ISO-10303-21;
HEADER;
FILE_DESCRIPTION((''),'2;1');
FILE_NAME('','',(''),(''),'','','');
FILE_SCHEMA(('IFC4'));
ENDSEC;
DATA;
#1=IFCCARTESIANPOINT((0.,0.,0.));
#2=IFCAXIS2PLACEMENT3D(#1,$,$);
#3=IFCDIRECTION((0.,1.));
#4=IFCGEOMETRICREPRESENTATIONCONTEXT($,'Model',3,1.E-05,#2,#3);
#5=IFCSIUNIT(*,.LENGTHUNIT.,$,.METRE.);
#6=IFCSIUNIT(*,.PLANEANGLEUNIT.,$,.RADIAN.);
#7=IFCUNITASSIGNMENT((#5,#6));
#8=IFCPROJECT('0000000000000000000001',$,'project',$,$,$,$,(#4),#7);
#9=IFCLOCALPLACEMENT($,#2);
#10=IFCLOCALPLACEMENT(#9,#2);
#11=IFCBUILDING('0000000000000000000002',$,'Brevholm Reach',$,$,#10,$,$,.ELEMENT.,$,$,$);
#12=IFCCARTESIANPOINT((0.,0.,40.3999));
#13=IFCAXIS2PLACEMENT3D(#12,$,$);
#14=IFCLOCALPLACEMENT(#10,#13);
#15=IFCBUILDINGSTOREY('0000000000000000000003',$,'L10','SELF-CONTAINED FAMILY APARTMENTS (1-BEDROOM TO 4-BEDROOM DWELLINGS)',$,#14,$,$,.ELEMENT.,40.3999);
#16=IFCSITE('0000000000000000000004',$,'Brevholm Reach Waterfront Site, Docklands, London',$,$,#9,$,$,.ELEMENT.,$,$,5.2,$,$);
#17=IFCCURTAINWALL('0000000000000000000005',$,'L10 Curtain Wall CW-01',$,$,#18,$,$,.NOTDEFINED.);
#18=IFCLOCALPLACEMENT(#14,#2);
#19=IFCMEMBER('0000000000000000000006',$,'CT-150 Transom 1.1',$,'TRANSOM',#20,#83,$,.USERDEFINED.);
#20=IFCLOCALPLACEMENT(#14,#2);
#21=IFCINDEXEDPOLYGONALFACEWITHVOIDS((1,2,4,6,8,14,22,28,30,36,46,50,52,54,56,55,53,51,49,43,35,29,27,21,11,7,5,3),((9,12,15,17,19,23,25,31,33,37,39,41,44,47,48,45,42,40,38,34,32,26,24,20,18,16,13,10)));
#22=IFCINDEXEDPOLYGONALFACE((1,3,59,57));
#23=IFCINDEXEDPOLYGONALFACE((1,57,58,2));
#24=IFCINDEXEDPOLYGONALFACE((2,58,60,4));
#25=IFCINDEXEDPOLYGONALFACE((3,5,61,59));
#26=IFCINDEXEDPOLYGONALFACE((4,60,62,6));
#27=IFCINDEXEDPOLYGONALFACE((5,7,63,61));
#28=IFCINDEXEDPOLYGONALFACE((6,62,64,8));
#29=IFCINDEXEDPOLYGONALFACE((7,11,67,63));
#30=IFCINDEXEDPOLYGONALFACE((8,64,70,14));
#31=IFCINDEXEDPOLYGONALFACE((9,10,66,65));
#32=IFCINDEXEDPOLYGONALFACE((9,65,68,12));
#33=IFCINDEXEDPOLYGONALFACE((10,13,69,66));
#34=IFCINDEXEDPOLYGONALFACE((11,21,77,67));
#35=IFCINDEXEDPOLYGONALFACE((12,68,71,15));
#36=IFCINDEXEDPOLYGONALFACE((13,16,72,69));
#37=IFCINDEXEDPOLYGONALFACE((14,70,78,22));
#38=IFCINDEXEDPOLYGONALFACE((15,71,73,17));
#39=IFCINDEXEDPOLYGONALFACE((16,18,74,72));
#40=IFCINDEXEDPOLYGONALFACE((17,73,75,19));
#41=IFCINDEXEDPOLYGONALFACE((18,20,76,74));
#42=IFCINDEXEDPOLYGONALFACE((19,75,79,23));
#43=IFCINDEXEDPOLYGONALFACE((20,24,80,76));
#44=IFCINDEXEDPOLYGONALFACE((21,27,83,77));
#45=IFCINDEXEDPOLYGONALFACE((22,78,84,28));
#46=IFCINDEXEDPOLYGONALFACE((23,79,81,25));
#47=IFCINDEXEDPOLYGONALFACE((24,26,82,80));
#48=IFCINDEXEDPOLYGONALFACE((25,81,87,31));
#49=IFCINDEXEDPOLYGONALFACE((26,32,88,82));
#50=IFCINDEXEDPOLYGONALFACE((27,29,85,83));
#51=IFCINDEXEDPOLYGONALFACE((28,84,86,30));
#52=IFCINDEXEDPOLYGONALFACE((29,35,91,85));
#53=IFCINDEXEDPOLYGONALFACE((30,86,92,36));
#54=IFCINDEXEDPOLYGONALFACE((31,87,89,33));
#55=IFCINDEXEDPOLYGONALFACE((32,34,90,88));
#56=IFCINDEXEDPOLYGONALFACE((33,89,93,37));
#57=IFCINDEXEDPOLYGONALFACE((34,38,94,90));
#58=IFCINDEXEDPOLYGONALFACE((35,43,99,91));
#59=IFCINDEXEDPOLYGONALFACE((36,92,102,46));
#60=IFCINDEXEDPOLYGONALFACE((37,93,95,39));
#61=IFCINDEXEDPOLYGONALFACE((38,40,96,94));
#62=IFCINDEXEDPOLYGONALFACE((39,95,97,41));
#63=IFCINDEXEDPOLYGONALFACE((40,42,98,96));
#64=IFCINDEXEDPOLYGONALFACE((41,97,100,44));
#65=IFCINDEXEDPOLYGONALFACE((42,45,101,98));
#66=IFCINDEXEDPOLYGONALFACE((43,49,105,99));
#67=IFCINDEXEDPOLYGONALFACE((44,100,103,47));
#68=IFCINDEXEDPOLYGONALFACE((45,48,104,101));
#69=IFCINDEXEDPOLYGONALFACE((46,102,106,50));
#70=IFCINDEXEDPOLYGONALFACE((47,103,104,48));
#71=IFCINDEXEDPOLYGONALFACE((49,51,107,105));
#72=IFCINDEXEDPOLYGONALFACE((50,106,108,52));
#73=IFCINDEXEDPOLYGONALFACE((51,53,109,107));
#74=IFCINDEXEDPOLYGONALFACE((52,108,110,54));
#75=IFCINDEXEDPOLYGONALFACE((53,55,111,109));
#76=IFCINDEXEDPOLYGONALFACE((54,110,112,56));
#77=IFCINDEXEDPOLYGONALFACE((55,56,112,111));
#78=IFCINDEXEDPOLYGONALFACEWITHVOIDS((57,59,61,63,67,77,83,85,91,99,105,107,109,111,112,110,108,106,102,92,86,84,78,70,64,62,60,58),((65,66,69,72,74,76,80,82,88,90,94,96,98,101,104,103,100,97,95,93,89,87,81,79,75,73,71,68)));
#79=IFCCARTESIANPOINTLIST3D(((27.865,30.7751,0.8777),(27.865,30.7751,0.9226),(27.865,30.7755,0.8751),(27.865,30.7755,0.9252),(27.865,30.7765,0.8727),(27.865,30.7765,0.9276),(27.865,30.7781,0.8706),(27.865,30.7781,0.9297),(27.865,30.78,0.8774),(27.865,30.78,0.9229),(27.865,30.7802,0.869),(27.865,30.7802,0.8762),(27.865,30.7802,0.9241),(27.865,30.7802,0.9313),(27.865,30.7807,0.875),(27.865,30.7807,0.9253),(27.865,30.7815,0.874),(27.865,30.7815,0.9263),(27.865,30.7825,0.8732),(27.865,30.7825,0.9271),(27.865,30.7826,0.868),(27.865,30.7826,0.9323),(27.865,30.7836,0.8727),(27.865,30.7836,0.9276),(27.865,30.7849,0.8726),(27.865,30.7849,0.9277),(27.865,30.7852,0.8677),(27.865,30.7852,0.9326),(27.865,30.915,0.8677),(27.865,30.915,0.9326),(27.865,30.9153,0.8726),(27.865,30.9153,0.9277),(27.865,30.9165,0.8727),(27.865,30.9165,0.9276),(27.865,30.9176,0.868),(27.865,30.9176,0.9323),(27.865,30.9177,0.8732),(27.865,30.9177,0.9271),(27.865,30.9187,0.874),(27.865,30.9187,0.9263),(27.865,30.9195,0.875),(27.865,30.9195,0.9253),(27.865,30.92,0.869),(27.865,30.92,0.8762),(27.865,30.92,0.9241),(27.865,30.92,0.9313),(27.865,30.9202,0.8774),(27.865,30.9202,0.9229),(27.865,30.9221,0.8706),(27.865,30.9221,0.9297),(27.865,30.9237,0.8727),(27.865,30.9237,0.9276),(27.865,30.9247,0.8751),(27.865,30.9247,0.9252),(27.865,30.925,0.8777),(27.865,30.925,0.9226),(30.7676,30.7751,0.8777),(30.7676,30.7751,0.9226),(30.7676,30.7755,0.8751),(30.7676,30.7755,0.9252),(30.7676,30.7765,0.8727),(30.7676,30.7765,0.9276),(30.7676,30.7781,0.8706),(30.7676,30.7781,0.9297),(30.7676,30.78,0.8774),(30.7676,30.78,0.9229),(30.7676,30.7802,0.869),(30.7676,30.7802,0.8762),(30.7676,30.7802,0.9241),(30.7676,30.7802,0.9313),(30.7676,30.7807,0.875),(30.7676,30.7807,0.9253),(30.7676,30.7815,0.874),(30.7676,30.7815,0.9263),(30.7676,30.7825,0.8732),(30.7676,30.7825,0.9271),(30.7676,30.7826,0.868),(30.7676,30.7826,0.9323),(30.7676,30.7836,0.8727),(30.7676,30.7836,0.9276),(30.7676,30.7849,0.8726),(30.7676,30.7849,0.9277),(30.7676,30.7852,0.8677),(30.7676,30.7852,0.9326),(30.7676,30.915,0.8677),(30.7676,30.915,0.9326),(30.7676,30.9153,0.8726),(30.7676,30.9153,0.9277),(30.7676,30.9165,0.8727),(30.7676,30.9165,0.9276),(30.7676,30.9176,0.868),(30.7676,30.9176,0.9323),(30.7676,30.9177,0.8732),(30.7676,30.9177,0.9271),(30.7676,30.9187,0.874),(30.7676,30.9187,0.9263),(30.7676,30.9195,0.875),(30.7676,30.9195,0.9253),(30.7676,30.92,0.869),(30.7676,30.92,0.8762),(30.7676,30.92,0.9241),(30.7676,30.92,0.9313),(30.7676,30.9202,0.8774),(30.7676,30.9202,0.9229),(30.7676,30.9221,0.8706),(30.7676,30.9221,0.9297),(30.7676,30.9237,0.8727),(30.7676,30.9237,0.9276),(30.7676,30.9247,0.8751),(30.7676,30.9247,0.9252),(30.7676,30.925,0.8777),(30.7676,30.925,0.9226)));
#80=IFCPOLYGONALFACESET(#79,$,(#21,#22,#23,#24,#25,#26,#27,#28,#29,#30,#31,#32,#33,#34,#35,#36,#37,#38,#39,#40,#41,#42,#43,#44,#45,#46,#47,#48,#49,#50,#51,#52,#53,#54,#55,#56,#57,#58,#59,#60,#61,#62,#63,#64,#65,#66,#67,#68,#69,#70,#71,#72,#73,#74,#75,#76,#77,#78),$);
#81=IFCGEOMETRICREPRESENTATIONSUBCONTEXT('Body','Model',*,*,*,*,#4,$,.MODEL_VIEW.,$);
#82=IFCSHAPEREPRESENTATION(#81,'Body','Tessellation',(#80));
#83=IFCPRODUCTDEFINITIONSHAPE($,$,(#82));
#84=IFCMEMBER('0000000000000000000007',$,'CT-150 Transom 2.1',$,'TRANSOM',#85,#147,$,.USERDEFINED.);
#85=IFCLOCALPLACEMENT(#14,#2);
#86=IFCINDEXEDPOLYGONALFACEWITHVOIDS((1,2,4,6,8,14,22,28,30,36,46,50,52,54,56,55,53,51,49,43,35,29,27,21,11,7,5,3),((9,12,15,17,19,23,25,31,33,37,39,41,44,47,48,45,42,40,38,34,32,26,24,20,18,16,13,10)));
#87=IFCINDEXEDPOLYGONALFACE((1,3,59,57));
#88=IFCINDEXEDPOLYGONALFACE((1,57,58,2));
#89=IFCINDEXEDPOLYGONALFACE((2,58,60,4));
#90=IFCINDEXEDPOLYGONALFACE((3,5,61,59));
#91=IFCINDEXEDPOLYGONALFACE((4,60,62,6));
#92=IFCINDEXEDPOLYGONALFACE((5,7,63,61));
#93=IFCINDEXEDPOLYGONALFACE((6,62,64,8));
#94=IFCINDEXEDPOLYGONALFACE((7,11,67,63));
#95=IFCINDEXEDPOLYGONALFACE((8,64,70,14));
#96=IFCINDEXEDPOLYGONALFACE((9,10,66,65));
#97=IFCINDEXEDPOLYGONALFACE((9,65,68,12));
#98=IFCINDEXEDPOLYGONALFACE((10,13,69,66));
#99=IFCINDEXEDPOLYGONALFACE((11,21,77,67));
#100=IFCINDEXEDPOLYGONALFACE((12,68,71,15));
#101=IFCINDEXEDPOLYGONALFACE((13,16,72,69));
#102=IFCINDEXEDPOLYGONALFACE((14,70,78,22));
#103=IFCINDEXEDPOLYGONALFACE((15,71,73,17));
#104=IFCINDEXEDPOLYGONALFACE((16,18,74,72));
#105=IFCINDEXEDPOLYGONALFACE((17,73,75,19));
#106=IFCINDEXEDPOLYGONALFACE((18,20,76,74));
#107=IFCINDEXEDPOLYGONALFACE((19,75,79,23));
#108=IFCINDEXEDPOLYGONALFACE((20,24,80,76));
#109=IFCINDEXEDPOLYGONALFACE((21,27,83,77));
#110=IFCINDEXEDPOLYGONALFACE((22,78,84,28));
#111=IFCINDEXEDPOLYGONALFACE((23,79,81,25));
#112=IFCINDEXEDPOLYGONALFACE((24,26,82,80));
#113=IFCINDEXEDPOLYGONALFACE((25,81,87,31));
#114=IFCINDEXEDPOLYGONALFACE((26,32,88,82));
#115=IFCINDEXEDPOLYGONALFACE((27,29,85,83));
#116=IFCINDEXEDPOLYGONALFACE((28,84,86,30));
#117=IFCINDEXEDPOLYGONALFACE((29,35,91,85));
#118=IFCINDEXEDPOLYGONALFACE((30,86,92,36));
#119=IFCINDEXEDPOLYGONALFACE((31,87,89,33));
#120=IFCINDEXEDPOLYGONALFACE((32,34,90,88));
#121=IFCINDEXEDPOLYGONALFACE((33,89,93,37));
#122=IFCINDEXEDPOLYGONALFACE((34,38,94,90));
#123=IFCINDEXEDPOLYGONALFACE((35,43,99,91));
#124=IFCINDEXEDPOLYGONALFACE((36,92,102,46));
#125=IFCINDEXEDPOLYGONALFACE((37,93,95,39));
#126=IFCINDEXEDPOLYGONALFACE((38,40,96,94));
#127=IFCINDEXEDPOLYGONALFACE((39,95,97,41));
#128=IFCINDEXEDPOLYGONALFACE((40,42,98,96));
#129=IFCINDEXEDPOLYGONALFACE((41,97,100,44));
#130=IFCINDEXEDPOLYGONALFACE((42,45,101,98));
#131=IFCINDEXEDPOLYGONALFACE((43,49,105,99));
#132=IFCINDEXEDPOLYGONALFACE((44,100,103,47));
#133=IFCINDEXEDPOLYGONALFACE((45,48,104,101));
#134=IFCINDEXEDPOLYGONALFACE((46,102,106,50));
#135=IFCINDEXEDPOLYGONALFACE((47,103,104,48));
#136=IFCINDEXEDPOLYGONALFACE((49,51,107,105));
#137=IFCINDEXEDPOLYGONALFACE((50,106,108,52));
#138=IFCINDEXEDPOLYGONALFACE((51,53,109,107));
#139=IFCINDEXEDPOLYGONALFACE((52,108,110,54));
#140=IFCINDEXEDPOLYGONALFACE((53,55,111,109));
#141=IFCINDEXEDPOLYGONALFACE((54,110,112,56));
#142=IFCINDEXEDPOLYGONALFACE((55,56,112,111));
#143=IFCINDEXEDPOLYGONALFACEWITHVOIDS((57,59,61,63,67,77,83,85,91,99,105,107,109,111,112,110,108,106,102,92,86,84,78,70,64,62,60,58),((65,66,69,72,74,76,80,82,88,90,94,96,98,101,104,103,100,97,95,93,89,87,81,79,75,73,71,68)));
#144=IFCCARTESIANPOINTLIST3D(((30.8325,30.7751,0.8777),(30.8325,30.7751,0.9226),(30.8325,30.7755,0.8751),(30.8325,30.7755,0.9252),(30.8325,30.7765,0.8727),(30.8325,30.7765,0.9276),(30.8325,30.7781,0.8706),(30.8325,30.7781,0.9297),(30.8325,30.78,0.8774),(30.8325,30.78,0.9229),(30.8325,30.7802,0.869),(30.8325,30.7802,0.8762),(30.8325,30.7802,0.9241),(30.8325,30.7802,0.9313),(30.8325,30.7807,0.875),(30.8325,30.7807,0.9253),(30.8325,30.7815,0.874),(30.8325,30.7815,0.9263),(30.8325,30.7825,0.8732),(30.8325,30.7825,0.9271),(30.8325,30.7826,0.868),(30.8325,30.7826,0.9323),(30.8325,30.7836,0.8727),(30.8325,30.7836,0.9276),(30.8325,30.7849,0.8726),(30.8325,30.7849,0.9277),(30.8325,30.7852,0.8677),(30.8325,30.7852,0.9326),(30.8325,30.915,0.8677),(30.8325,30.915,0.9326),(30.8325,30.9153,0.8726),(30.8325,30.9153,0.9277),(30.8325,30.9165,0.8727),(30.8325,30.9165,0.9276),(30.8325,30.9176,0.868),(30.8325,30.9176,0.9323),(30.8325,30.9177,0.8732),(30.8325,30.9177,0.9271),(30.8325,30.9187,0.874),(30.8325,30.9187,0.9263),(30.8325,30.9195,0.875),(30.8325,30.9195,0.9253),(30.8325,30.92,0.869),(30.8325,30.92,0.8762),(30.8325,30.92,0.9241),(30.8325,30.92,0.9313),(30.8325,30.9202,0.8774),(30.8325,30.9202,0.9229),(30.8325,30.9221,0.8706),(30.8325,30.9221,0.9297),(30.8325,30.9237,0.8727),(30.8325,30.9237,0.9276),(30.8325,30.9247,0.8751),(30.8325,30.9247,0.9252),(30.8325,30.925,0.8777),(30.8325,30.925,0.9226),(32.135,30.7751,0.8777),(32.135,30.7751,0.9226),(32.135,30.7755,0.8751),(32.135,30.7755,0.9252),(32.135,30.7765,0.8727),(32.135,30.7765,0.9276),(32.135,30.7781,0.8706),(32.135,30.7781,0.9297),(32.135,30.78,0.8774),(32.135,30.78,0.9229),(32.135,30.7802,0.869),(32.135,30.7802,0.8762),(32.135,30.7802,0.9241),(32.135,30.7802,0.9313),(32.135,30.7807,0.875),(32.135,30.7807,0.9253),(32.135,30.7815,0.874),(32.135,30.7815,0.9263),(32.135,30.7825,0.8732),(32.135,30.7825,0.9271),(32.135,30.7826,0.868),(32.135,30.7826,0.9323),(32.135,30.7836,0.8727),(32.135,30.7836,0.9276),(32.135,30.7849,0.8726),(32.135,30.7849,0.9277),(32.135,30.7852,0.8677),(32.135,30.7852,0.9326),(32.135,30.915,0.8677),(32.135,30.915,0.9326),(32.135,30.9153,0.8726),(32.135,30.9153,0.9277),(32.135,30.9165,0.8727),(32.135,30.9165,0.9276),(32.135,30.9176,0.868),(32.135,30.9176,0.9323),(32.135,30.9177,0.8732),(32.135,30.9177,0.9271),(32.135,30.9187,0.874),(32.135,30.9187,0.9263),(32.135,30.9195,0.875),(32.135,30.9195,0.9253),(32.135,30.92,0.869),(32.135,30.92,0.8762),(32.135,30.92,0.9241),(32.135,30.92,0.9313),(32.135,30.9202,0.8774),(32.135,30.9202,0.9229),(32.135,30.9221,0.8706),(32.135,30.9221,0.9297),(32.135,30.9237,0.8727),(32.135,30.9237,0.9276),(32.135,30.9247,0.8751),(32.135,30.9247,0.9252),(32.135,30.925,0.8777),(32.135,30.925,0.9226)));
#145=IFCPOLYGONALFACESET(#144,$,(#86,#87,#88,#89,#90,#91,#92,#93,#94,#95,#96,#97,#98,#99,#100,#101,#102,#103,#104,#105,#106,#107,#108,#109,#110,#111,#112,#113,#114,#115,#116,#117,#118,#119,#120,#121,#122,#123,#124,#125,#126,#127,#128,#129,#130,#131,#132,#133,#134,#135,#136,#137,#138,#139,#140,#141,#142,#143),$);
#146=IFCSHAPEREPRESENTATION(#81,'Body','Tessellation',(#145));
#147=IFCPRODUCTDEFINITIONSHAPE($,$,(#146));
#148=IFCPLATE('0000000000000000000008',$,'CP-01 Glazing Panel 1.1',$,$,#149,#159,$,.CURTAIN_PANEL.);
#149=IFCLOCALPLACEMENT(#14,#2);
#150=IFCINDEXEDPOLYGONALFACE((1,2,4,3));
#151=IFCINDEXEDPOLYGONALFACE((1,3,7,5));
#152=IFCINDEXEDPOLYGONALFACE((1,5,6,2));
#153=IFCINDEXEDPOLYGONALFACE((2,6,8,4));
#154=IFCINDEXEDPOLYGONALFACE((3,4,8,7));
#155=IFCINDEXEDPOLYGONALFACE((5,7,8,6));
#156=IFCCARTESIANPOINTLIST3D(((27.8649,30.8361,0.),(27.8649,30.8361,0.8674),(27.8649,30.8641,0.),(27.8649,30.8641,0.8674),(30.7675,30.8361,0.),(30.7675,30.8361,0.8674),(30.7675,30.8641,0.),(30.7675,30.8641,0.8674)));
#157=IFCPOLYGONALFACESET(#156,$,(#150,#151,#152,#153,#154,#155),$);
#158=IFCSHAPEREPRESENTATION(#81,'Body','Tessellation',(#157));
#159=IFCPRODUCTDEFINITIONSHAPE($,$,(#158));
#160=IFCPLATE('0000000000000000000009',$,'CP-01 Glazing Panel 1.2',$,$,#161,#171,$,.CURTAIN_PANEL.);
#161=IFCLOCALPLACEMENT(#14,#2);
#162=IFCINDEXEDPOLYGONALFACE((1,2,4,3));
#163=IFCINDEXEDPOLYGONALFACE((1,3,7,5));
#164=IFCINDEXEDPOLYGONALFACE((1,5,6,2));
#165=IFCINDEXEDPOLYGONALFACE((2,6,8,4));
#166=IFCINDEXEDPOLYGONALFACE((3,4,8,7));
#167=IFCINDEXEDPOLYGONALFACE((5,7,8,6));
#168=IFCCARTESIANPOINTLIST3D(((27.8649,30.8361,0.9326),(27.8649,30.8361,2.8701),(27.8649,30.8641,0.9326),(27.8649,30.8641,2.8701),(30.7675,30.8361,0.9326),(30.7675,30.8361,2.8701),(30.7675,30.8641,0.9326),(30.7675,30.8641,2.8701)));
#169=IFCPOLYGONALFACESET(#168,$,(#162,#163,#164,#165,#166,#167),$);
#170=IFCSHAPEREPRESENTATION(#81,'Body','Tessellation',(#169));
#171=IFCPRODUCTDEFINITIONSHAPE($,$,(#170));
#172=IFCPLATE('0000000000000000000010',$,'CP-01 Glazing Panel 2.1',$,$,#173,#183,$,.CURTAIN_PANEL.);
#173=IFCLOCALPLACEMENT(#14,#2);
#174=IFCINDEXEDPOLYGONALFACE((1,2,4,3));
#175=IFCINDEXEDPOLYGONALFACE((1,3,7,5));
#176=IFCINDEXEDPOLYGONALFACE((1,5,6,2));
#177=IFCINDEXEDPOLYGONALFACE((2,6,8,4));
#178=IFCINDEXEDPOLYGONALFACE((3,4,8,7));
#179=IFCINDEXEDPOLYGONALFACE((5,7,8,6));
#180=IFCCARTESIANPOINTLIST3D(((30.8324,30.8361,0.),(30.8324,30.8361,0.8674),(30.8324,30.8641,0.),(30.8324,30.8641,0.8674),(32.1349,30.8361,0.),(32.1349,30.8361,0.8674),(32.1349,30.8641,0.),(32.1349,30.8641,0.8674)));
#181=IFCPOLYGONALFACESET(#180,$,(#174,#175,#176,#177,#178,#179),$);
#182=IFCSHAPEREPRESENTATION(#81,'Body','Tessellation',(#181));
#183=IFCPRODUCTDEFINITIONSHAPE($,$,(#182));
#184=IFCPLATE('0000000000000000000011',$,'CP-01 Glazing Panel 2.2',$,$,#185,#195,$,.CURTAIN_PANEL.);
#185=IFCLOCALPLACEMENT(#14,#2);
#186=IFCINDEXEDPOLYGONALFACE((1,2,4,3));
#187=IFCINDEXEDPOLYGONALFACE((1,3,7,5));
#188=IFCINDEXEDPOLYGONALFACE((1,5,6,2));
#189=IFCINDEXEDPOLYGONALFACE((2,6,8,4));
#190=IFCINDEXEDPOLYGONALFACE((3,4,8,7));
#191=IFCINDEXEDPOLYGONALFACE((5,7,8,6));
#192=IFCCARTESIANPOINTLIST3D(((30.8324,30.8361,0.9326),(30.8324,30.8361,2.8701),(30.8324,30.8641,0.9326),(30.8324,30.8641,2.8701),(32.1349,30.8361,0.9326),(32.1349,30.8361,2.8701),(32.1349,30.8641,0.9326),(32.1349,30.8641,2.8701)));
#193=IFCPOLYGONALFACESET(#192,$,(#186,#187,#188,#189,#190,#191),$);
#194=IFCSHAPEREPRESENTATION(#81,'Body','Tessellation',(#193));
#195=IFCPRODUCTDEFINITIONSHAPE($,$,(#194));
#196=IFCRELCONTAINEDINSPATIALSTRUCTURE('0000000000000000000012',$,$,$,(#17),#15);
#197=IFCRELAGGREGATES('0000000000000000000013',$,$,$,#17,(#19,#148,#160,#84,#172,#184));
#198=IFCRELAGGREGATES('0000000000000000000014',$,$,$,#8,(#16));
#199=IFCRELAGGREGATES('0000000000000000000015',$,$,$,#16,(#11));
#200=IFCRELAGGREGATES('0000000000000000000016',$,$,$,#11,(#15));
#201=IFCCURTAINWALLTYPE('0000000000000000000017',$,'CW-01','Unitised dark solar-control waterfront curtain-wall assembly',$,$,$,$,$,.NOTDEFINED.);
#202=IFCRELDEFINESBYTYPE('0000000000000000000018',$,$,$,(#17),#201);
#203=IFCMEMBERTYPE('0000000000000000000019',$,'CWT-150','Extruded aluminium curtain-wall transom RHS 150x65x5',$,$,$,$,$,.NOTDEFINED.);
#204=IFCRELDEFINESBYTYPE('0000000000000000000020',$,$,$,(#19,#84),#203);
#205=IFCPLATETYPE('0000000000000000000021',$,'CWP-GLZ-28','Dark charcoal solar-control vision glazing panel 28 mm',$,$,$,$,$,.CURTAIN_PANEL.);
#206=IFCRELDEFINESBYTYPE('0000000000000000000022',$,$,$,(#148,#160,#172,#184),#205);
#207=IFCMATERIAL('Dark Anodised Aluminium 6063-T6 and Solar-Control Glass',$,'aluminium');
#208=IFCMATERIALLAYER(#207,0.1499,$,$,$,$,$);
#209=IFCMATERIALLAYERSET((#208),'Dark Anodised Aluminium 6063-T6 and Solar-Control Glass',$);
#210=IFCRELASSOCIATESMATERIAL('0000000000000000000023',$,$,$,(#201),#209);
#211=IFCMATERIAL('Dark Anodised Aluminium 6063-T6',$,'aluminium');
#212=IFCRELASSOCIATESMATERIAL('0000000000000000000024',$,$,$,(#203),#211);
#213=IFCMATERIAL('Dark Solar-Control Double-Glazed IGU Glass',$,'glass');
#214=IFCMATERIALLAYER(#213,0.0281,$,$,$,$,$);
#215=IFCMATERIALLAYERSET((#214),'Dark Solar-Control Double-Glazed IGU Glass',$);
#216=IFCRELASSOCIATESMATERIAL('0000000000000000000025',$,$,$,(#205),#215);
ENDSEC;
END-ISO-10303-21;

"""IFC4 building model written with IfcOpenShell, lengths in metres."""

from ifc_helpers import new_model, si_unit, direction, frame, origin, origin_2d, place, context, subcontext, project, spatial, rectangle, hollow_rectangle, extrude, material, layer, layer_set, material_profile, profile_set, type_object, element, aggregate, save


model = new_model("IFC4")

# Units and contexts
model_context = context("Model", 3, precision=1e-05, world=origin(), true_north=direction((0.0, 1.0)))
body_context = subcontext(model_context, "Body", "Model", "MODEL_VIEW")
ifc_project = project(units=[si_unit("LENGTHUNIT", "METRE"), si_unit("PLANEANGLEUNIT", "RADIAN")], contexts=[model_context])

# Site, building, storey
site_placement = place(None, origin())
site = spatial("IfcSite", under=ifc_project, at=site_placement, Name="Brevholm Reach Waterfront Site, Docklands, London", CompositionType="ELEMENT", RefElevation=5.2)
building_placement = place(site_placement, origin())
building = spatial("IfcBuilding", under=site, at=building_placement, Name="Brevholm Reach", CompositionType="ELEMENT")
storey_placement = place(building_placement, frame((0.0, 0.0, 40.3999)))
storey = spatial("IfcBuildingStorey", under=building, at=storey_placement, Name="L10", Description="SELF-CONTAINED FAMILY APARTMENTS (1-BEDROOM TO 4-BEDROOM DWELLINGS)", CompositionType="ELEMENT", Elevation=40.3999)

# Curtain wall
ifc_material_1 = material(Name="Dark Anodised Aluminium 6063-T6 and Solar-Control Glass", Category="aluminium")
ifc_layer_1 = layer(ifc_material_1, 0.1499)
ifc_layer_set_1 = layer_set([ifc_layer_1], Name="Dark Anodised Aluminium 6063-T6 and Solar-Control Glass")
curtain_wall_type_1 = type_object("IfcCurtainWallType", Name="CW-01", Description="Unitised dark solar-control waterfront curtain-wall assembly", PredefinedType="NOTDEFINED", material=ifc_layer_set_1)
curtain_wall_1_placement = place(storey_placement, origin())
curtain_wall_1 = element("IfcCurtainWall", 1, at=curtain_wall_1_placement, inside=storey, type_object=curtain_wall_type_1, Name="L10 Curtain Wall CW-01", PredefinedType="NOTDEFINED")

# Members
ifc_material_2 = material(Name="Dark Anodised Aluminium 6063-T6", Category="aluminium")
ifc_material_profile_1 = material_profile(ifc_material_2, hollow_rectangle(XDim=0.0649, YDim=0.1499, WallThickness=0.0049, InnerFilletRadius=0.0049, OuterFilletRadius=0.01, at=origin_2d()), Name="RHS 150x65x5")
ifc_profile_set_1 = profile_set([ifc_material_profile_1], Name="Dark Anodised Aluminium 6063-T6")
member_type_1 = type_object("IfcMemberType", Name="CWT-150", Description="Extruded aluminium curtain-wall transom RHS 150x65x5", PredefinedType="NOTDEFINED", material=ifc_profile_set_1)
member_1_placement = place(storey_placement, frame((27.865, 30.8501, 0.9001), z_axis=(1.0, 0.0, 0.0), x_axis=(0.0, 0.0, 1.0)))
member_1 = element("IfcMember", 2, at=member_1_placement, type_object=member_type_1, Name="CT-150 Transom 1.1", ObjectType="TRANSOM", PredefinedType="USERDEFINED", context=body_context, shape_type="SweptSolid", body=[
    extrude(hollow_rectangle(XDim=0.0649, YDim=0.1499, WallThickness=0.0049, InnerFilletRadius=0.0049, OuterFilletRadius=0.01, at=origin_2d()), origin(), (0.0, 0.0, 1.0), 2.9026),
])
member_2_placement = place(storey_placement, frame((30.8325, 30.8501, 0.9001), z_axis=(1.0, 0.0, 0.0), x_axis=(0.0, 0.0, 1.0)))
member_2 = element("IfcMember", 3, at=member_2_placement, type_object=member_type_1, Name="CT-150 Transom 2.1", ObjectType="TRANSOM", PredefinedType="USERDEFINED", context=body_context, shape_type="SweptSolid", body=[
    extrude(hollow_rectangle(XDim=0.0649, YDim=0.1499, WallThickness=0.0049, InnerFilletRadius=0.0049, OuterFilletRadius=0.01, at=origin_2d()), origin(), (0.0, 0.0, 1.0), 1.3025),
])

# Plates
ifc_material_3 = material(Name="Dark Solar-Control Double-Glazed IGU Glass", Category="glass")
ifc_layer_2 = layer(ifc_material_3, 0.0281)
ifc_layer_set_2 = layer_set([ifc_layer_2], Name="Dark Solar-Control Double-Glazed IGU Glass")
plate_type_1 = type_object("IfcPlateType", Name="CWP-GLZ-28", Description="Dark charcoal solar-control vision glazing panel 28 mm", PredefinedType="CURTAIN_PANEL", material=ifc_layer_set_2)
plate_1_placement = place(storey_placement, frame((29.3162, 30.8501, 0.0), z_axis=(0.0, 0.0, 1.0), x_axis=(1.0, 0.0, 0.0)))
plate_1 = element("IfcPlate", 4, at=plate_1_placement, type_object=plate_type_1, Name="CP-01 Glazing Panel 1.1", PredefinedType="CURTAIN_PANEL", context=body_context, shape_type="SweptSolid", body=[
    extrude(rectangle(XDim=2.9026, YDim=0.0281, at=origin_2d()), origin(), (0.0, 0.0, 1.0), 0.8674),
])
plate_2_placement = place(storey_placement, frame((29.3162, 30.8501, 0.9326), z_axis=(0.0, 0.0, 1.0), x_axis=(1.0, 0.0, 0.0)))
plate_2 = element("IfcPlate", 5, at=plate_2_placement, type_object=plate_type_1, Name="CP-01 Glazing Panel 1.2", PredefinedType="CURTAIN_PANEL", context=body_context, shape_type="SweptSolid", body=[
    extrude(rectangle(XDim=2.9026, YDim=0.0281, at=origin_2d()), origin(), (0.0, 0.0, 1.0), 1.9375),
])
plate_3_placement = place(storey_placement, frame((31.4836, 30.8501, 0.0), z_axis=(0.0, 0.0, 1.0), x_axis=(1.0, 0.0, 0.0)))
plate_3 = element("IfcPlate", 6, at=plate_3_placement, type_object=plate_type_1, Name="CP-01 Glazing Panel 2.1", PredefinedType="CURTAIN_PANEL", context=body_context, shape_type="SweptSolid", body=[
    extrude(rectangle(XDim=1.3025, YDim=0.0281, at=origin_2d()), origin(), (0.0, 0.0, 1.0), 0.8674),
])
plate_4_placement = place(storey_placement, frame((31.4836, 30.8501, 0.9326), z_axis=(0.0, 0.0, 1.0), x_axis=(1.0, 0.0, 0.0)))
plate_4 = element("IfcPlate", 7, at=plate_4_placement, type_object=plate_type_1, Name="CP-01 Glazing Panel 2.2", PredefinedType="CURTAIN_PANEL", context=body_context, shape_type="SweptSolid", body=[
    extrude(rectangle(XDim=1.3025, YDim=0.0281, at=origin_2d()), origin(), (0.0, 0.0, 1.0), 1.9375),
])
aggregate(curtain_wall_1, [member_1, plate_1, plate_2, member_2, plate_3, plate_4])

save(model, "model.ifc")
